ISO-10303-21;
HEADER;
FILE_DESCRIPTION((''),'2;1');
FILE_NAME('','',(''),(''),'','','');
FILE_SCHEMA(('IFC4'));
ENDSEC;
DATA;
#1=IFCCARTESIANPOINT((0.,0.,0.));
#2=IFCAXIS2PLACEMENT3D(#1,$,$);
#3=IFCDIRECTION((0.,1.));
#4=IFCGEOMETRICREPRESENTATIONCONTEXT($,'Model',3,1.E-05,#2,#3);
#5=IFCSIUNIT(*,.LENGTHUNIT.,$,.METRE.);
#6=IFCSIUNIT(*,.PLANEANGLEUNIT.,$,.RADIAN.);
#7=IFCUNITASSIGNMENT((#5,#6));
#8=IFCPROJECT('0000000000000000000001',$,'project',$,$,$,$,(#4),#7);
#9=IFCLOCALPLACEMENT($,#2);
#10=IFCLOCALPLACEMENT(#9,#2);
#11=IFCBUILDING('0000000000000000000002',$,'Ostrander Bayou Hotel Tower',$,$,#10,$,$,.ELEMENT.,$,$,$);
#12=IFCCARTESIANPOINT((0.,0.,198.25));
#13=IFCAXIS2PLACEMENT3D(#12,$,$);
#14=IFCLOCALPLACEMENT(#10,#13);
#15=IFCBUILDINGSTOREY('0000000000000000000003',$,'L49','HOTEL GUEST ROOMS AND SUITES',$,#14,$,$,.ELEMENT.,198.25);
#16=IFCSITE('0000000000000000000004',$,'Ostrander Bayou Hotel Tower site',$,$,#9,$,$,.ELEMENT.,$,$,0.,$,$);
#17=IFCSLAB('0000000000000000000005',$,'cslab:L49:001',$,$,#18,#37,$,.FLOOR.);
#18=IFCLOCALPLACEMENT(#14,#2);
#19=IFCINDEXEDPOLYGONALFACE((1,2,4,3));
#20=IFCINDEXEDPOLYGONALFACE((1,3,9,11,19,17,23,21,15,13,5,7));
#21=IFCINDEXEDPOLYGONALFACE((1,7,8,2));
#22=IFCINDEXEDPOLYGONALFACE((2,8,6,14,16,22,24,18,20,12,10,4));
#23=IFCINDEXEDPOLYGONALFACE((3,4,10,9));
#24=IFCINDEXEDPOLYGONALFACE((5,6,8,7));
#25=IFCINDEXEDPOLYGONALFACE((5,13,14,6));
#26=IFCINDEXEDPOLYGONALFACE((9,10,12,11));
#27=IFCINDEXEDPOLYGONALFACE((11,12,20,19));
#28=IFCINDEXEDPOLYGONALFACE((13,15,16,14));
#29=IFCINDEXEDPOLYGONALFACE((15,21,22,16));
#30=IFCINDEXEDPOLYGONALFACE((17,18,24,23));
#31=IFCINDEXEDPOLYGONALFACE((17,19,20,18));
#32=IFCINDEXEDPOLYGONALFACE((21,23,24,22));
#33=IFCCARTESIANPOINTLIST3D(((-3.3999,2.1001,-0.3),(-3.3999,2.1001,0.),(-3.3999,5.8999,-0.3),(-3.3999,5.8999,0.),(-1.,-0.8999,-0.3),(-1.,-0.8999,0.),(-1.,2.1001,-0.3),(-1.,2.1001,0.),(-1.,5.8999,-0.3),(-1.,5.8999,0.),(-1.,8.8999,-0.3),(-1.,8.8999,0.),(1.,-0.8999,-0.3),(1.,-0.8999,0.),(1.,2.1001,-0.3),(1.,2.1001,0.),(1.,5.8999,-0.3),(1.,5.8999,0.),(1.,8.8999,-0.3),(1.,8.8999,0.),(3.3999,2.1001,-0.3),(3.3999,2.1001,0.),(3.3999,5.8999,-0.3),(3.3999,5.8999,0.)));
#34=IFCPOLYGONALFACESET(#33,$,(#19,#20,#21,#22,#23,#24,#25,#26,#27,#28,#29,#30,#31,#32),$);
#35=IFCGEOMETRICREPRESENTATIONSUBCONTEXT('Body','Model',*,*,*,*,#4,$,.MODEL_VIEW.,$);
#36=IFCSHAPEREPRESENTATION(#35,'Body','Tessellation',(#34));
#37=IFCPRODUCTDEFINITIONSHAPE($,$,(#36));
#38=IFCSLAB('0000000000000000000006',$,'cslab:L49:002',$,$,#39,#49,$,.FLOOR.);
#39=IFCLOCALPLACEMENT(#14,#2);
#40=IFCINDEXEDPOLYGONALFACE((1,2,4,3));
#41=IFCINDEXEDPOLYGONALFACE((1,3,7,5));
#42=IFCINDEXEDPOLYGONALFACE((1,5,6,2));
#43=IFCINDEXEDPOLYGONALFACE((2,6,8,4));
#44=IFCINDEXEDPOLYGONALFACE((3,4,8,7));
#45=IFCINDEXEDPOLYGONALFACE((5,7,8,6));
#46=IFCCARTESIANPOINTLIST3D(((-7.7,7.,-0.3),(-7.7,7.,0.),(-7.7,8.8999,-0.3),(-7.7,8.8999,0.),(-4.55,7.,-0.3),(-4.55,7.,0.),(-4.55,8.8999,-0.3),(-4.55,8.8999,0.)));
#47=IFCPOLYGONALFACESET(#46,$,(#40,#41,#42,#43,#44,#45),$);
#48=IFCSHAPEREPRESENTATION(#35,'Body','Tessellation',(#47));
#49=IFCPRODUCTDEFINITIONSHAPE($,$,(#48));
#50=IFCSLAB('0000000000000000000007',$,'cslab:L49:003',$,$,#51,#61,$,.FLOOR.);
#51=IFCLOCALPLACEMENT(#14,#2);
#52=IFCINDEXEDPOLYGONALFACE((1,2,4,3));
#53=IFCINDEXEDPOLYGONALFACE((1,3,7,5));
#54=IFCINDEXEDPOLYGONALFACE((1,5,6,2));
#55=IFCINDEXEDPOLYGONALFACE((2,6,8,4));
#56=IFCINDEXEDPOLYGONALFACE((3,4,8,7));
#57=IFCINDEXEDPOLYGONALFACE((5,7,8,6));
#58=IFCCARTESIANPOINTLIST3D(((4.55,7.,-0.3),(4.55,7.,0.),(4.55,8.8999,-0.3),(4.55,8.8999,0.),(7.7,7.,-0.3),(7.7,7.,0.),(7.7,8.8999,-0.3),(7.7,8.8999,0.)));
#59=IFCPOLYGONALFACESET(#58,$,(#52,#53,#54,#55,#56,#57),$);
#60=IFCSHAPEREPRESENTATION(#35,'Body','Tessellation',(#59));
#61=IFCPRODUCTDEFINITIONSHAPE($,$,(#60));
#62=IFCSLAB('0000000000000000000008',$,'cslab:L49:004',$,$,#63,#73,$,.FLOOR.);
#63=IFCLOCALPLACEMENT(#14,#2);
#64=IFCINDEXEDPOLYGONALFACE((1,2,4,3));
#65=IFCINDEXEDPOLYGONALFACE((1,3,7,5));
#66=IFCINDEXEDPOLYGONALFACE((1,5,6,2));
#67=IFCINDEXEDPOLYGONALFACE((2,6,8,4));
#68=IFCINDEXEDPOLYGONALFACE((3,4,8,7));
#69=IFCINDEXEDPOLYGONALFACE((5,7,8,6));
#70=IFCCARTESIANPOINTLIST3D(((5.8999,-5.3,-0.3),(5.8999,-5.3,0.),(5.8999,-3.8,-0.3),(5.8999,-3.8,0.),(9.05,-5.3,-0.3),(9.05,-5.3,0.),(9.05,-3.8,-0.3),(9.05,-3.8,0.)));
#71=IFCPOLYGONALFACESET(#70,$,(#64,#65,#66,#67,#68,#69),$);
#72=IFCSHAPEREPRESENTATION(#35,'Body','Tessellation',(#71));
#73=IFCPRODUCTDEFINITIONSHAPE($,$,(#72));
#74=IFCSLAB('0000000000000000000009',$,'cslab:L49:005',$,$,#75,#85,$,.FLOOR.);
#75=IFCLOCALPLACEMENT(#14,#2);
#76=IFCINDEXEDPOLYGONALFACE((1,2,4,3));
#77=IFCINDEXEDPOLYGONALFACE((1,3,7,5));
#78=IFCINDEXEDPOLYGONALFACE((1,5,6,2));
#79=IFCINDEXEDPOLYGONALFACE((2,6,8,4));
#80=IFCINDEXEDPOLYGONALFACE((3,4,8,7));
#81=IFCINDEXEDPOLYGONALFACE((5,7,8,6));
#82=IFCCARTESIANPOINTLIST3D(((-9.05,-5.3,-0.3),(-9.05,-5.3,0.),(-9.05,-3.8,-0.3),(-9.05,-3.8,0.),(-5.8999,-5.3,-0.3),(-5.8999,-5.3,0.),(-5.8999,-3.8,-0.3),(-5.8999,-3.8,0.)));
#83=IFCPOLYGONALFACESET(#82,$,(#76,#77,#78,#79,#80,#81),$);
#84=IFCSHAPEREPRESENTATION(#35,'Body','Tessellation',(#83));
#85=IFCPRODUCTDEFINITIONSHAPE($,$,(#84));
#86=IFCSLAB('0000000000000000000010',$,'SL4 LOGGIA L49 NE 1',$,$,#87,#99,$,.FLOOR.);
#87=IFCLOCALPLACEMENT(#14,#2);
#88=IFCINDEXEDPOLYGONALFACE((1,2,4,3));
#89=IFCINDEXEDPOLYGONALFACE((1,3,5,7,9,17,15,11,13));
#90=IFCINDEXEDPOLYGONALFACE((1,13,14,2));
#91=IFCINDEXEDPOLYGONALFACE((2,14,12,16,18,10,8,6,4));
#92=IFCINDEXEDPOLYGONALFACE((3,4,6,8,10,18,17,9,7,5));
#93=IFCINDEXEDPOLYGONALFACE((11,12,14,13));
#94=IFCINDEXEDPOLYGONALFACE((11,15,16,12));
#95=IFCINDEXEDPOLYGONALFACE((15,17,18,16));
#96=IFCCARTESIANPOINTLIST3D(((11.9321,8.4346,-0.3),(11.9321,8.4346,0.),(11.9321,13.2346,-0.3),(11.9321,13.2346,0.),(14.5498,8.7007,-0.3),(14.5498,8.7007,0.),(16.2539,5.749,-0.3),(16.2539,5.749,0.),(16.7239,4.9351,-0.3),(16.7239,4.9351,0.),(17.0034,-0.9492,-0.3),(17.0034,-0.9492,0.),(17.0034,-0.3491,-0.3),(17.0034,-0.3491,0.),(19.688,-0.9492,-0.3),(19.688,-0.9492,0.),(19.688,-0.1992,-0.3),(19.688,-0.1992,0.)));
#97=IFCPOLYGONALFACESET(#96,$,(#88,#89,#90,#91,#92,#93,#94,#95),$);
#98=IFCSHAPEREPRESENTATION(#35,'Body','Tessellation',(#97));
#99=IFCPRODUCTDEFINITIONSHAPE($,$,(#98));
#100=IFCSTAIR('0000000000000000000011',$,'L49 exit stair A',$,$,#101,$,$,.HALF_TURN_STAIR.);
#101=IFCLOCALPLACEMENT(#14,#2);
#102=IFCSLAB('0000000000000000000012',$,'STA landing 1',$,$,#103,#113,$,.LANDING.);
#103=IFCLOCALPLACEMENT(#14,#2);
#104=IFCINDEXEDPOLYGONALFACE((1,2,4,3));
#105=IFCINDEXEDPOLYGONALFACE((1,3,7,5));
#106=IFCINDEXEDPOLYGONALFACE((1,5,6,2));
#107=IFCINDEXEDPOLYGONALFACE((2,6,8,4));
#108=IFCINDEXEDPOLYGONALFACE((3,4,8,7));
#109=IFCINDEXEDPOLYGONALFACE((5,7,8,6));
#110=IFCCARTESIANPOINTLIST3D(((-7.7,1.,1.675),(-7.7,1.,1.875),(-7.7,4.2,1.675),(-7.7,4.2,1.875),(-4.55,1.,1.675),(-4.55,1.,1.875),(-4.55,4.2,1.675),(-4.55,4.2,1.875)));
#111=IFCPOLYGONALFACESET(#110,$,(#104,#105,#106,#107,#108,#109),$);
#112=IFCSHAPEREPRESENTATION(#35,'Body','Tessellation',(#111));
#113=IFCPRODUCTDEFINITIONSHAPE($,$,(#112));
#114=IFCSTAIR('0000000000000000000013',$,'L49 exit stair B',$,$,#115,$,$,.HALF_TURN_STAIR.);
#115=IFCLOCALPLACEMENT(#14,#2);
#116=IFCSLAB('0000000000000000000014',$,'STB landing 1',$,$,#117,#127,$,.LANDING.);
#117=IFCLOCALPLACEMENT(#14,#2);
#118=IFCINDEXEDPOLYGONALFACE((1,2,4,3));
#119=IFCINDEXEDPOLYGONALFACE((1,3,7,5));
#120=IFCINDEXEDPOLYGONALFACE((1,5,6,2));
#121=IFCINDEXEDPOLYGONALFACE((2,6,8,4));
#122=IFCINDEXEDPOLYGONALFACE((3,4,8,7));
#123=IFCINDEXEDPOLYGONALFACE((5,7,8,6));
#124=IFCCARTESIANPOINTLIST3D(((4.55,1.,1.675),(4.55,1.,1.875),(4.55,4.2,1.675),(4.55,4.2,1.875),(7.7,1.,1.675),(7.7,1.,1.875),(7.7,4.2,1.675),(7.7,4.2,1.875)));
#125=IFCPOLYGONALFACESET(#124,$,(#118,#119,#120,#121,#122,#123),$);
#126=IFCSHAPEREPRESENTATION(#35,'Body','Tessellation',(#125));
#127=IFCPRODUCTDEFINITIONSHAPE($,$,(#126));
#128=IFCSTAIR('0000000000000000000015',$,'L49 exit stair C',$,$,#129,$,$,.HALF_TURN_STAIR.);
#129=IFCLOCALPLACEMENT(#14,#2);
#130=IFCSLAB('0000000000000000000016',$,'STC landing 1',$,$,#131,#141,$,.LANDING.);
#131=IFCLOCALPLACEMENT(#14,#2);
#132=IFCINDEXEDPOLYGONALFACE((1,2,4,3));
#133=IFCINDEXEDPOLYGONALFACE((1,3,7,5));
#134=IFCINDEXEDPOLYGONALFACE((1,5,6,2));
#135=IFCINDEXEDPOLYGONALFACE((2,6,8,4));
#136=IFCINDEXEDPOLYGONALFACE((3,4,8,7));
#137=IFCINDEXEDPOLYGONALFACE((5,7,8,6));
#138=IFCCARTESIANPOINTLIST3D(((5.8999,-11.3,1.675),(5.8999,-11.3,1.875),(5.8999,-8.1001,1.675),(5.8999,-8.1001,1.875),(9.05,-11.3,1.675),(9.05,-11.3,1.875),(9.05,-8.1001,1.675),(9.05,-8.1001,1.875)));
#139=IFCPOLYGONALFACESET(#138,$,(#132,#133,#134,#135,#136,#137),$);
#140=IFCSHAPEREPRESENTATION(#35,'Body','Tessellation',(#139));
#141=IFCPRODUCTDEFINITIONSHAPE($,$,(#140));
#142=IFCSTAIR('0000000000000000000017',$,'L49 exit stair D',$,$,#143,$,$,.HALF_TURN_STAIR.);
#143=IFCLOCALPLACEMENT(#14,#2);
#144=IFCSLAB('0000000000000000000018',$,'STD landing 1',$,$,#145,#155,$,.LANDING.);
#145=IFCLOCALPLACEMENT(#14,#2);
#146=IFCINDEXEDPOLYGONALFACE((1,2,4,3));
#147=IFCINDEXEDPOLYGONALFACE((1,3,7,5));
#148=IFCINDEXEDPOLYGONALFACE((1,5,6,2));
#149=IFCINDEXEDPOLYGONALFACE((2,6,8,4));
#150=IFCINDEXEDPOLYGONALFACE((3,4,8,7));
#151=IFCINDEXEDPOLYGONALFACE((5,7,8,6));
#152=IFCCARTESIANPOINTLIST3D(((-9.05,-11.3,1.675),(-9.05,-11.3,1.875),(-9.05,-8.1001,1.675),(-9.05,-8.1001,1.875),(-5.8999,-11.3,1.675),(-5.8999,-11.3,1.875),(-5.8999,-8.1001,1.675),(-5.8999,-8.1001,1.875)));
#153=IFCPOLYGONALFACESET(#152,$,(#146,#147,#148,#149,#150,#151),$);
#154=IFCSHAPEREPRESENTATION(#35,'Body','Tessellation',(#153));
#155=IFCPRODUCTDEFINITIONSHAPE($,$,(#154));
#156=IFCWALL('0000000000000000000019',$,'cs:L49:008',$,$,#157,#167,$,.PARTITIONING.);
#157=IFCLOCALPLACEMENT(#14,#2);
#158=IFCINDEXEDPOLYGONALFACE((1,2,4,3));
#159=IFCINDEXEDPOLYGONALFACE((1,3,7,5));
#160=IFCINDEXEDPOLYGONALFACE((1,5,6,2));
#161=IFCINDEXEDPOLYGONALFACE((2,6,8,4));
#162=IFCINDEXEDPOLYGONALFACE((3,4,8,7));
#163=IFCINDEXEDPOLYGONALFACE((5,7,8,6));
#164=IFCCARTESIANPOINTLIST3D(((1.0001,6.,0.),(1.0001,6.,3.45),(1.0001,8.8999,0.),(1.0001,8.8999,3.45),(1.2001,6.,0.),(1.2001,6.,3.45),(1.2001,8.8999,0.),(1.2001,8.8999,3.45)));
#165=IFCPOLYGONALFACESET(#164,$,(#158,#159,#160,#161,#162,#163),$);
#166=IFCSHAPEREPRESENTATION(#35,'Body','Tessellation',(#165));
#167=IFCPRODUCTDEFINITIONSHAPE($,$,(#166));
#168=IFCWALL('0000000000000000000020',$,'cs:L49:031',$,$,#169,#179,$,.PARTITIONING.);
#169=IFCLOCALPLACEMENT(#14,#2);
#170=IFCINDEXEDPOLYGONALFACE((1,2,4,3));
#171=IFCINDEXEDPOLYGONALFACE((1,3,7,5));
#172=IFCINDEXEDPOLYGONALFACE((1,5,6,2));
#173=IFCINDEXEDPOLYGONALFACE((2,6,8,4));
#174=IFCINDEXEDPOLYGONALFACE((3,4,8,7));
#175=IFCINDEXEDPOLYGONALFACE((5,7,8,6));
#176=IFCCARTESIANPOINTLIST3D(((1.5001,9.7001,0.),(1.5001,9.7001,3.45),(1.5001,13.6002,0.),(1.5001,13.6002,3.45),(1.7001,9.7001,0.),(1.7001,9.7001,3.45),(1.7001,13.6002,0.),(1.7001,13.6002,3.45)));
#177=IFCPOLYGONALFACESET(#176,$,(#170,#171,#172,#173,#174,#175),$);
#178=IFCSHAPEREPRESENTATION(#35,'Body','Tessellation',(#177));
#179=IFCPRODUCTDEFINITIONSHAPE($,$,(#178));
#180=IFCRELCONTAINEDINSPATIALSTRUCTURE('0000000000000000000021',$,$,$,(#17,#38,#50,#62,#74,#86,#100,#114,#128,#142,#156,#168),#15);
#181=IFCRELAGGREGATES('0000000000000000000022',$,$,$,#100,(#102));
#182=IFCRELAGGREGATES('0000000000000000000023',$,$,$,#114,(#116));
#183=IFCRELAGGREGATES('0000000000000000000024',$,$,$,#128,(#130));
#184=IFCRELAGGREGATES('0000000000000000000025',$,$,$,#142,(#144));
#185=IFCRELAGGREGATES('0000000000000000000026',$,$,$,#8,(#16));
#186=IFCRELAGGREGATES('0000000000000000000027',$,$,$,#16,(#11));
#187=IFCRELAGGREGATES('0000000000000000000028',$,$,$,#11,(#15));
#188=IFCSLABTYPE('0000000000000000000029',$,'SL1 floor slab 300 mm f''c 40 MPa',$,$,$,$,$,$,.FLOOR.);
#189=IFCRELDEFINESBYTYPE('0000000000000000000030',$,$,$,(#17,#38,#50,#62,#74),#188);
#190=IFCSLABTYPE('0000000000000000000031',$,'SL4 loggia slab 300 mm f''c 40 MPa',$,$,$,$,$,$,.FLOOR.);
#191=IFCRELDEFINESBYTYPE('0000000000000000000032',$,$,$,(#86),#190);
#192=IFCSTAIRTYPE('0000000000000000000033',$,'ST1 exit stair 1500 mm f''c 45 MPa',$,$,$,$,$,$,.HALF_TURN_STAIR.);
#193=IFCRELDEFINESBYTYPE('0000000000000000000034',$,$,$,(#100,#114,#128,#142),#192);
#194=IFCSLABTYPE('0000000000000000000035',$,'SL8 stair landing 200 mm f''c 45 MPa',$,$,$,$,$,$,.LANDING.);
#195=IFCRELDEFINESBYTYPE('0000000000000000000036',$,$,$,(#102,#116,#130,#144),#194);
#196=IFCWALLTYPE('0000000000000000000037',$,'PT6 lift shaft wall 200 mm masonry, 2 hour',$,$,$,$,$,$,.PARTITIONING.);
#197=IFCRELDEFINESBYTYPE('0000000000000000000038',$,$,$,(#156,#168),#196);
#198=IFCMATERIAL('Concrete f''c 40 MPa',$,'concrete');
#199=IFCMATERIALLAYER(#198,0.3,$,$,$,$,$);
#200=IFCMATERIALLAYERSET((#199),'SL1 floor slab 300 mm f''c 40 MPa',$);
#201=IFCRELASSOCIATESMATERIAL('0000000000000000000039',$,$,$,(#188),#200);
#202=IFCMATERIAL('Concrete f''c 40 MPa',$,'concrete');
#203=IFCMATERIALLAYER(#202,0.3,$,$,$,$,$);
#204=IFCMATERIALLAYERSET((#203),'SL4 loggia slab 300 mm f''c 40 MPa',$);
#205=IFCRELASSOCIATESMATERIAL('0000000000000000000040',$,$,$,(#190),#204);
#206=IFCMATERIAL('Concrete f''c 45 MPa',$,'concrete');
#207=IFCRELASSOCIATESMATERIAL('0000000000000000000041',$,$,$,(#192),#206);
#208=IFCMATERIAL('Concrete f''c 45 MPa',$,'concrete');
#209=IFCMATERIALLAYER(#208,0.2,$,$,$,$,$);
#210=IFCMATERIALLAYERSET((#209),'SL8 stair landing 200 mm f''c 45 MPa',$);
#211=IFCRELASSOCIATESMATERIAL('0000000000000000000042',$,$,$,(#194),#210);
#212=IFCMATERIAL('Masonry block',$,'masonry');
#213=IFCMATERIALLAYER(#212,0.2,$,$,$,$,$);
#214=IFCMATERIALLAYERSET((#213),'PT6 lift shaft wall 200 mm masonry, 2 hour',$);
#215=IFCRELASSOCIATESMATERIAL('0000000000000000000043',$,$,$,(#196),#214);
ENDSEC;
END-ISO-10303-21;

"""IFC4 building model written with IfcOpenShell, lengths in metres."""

from ifc_helpers import new_model, si_unit, direction, frame, frame_2d, origin, place, context, subcontext, project, spatial, polyline, rectangle, outline, extrude, material, layer, layer_set, type_object, element, aggregate, save


model = new_model("IFC4")

# Units and contexts
model_context = context("Model", 3, precision=1e-05, world=origin(), true_north=direction((0.0, 1.0)))
body_context = subcontext(model_context, "Body", "Model", "MODEL_VIEW")
ifc_project = project(units=[si_unit("LENGTHUNIT", "METRE"), si_unit("PLANEANGLEUNIT", "RADIAN")], contexts=[model_context])

# Site, building, storey
site_placement = place(None, origin())
site = spatial("IfcSite", under=ifc_project, at=site_placement, Name="Ostrander Bayou Hotel Tower site", CompositionType="ELEMENT", RefElevation=0.0)
building_placement = place(site_placement, origin())
building = spatial("IfcBuilding", under=site, at=building_placement, Name="Ostrander Bayou Hotel Tower", CompositionType="ELEMENT")
storey_placement = place(building_placement, frame((0.0, 0.0, 198.25)))
storey = spatial("IfcBuildingStorey", under=building, at=storey_placement, Name="L49", Description="HOTEL GUEST ROOMS AND SUITES", CompositionType="ELEMENT", Elevation=198.25)

# Slabs
ifc_material_1 = material(Name="Concrete f'c 40 MPa", Category="concrete")
ifc_layer_1 = layer(ifc_material_1, 0.3)
ifc_layer_set_1 = layer_set([ifc_layer_1], Name="SL1 floor slab 300 mm f'c 40 MPa")
slab_type_1 = type_object("IfcSlabType", Name="SL1 floor slab 300 mm f'c 40 MPa", PredefinedType="FLOOR", material=ifc_layer_set_1)
slab_1_placement = place(storey_placement, frame((0.0, 0.0, -0.3)))
element("IfcSlab", 1, at=slab_1_placement, inside=storey, type_object=slab_type_1, Name="cslab:L49:001", PredefinedType="FLOOR", context=body_context, shape_type="SweptSolid", body=[
    extrude(outline(polyline([(-3.3999, 5.8999), (-1.0, 5.8999), (-1.0, 8.8999), (1.0, 8.8999), (1.0, 5.8999), (3.3999, 5.8999), (3.3999, 2.1001), (1.0, 2.1001), (1.0, -0.8999), (-1.0, -0.8999), (-1.0, 2.1001), (-3.3999, 2.1001), (-3.3999, 5.8999)])), origin(), (0.0, 0.0, 1.0), 0.3),
])
slab_2_placement = place(storey_placement, frame((0.0, 0.0, -0.3)))
element("IfcSlab", 2, at=slab_2_placement, inside=storey, type_object=slab_type_1, Name="cslab:L49:002", PredefinedType="FLOOR", context=body_context, shape_type="SweptSolid", body=[
    extrude(outline(polyline([(-4.55, 7.0), (-4.55, 8.8999), (-7.7, 8.8999), (-7.7, 7.0), (-4.55, 7.0)])), origin(), (0.0, 0.0, 1.0), 0.3),
])
slab_3_placement = place(storey_placement, frame((0.0, 0.0, -0.3)))
element("IfcSlab", 3, at=slab_3_placement, inside=storey, type_object=slab_type_1, Name="cslab:L49:003", PredefinedType="FLOOR", context=body_context, shape_type="SweptSolid", body=[
    extrude(outline(polyline([(7.7, 7.0), (7.7, 8.8999), (4.55, 8.8999), (4.55, 7.0), (7.7, 7.0)])), origin(), (0.0, 0.0, 1.0), 0.3),
])
slab_4_placement = place(storey_placement, frame((0.0, 0.0, -0.3)))
element("IfcSlab", 4, at=slab_4_placement, inside=storey, type_object=slab_type_1, Name="cslab:L49:004", PredefinedType="FLOOR", context=body_context, shape_type="SweptSolid", body=[
    extrude(outline(polyline([(9.05, -5.3), (9.05, -3.8), (5.8999, -3.8), (5.8999, -5.3), (9.05, -5.3)])), origin(), (0.0, 0.0, 1.0), 0.3),
])
slab_5_placement = place(storey_placement, frame((0.0, 0.0, -0.3)))
element("IfcSlab", 5, at=slab_5_placement, inside=storey, type_object=slab_type_1, Name="cslab:L49:005", PredefinedType="FLOOR", context=body_context, shape_type="SweptSolid", body=[
    extrude(outline(polyline([(-5.8999, -5.3), (-5.8999, -3.8), (-9.05, -3.8), (-9.05, -5.3), (-5.8999, -5.3)])), origin(), (0.0, 0.0, 1.0), 0.3),
])
ifc_material_2 = material(Name="Concrete f'c 40 MPa", Category="concrete")
ifc_layer_2 = layer(ifc_material_2, 0.3)
ifc_layer_set_2 = layer_set([ifc_layer_2], Name="SL4 loggia slab 300 mm f'c 40 MPa")
slab_type_2 = type_object("IfcSlabType", Name="SL4 loggia slab 300 mm f'c 40 MPa", PredefinedType="FLOOR", material=ifc_layer_set_2)
slab_6_placement = place(storey_placement, frame((0.0, 0.0, -0.3)))
element("IfcSlab", 6, at=slab_6_placement, inside=storey, type_object=slab_type_2, Name="SL4 LOGGIA L49 NE 1", PredefinedType="FLOOR", context=body_context, shape_type="SweptSolid", body=[
    extrude(outline(polyline([(11.9321, 13.2346), (14.5498, 8.7007), (16.2539, 5.749), (16.7239, 4.9351), (19.688, -0.1992), (19.688, -0.9492), (17.0034, -0.9492), (17.0034, -0.3491), (11.9321, 8.4346), (11.9321, 13.2346)])), origin(), (0.0, 0.0, 1.0), 0.3),
])

# Stairs, slabs
ifc_material_3 = material(Name="Concrete f'c 45 MPa", Category="concrete")
stair_type = type_object("IfcStairType", Name="ST1 exit stair 1500 mm f'c 45 MPa", PredefinedType="HALF_TURN_STAIR", material=ifc_material_3)
stair_1_placement = place(storey_placement, origin())
stair_1 = element("IfcStair", 7, at=stair_1_placement, inside=storey, type_object=stair_type, Name="L49 exit stair A", PredefinedType="HALF_TURN_STAIR")
ifc_material_4 = material(Name="Concrete f'c 45 MPa", Category="concrete")
ifc_layer_3 = layer(ifc_material_4, 0.2)
ifc_layer_set_3 = layer_set([ifc_layer_3], Name="SL8 stair landing 200 mm f'c 45 MPa")
slab_type_3 = type_object("IfcSlabType", Name="SL8 stair landing 200 mm f'c 45 MPa", PredefinedType="LANDING", material=ifc_layer_set_3)
slab_7_placement = place(storey_placement, frame((0.0, 0.0, 1.675)))
slab_7 = element("IfcSlab", 8, at=slab_7_placement, type_object=slab_type_3, Name="STA landing 1", PredefinedType="LANDING", context=body_context, shape_type="SweptSolid", body=[
    extrude(outline(polyline([(-7.7, 4.2), (-7.7, 1.0), (-4.55, 1.0), (-4.55, 4.2), (-7.7, 4.2)])), origin(), (0.0, 0.0, 1.0), 0.2),
])
aggregate(stair_1, [slab_7])
stair_2_placement = place(storey_placement, origin())
stair_2 = element("IfcStair", 9, at=stair_2_placement, inside=storey, type_object=stair_type, Name="L49 exit stair B", PredefinedType="HALF_TURN_STAIR")
slab_8_placement = place(storey_placement, frame((0.0, 0.0, 1.675)))
slab_8 = element("IfcSlab", 10, at=slab_8_placement, type_object=slab_type_3, Name="STB landing 1", PredefinedType="LANDING", context=body_context, shape_type="SweptSolid", body=[
    extrude(outline(polyline([(4.55, 4.2), (4.55, 1.0), (7.7, 1.0), (7.7, 4.2), (4.55, 4.2)])), origin(), (0.0, 0.0, 1.0), 0.2),
])
aggregate(stair_2, [slab_8])
stair_3_placement = place(storey_placement, origin())
stair_3 = element("IfcStair", 11, at=stair_3_placement, inside=storey, type_object=stair_type, Name="L49 exit stair C", PredefinedType="HALF_TURN_STAIR")
slab_9_placement = place(storey_placement, frame((0.0, 0.0, 1.675)))
slab_9 = element("IfcSlab", 12, at=slab_9_placement, type_object=slab_type_3, Name="STC landing 1", PredefinedType="LANDING", context=body_context, shape_type="SweptSolid", body=[
    extrude(outline(polyline([(5.8999, -8.1001), (5.8999, -11.3), (9.05, -11.3), (9.05, -8.1001), (5.8999, -8.1001)])), origin(), (0.0, 0.0, 1.0), 0.2),
])
aggregate(stair_3, [slab_9])
stair_4_placement = place(storey_placement, origin())
stair_4 = element("IfcStair", 13, at=stair_4_placement, inside=storey, type_object=stair_type, Name="L49 exit stair D", PredefinedType="HALF_TURN_STAIR")
slab_10_placement = place(storey_placement, frame((0.0, 0.0, 1.675)))
slab_10 = element("IfcSlab", 14, at=slab_10_placement, type_object=slab_type_3, Name="STD landing 1", PredefinedType="LANDING", context=body_context, shape_type="SweptSolid", body=[
    extrude(outline(polyline([(-9.05, -8.1001), (-9.05, -11.3), (-5.8999, -11.3), (-5.8999, -8.1001), (-9.05, -8.1001)])), origin(), (0.0, 0.0, 1.0), 0.2),
])
aggregate(stair_4, [slab_10])

# Shared definitions
ifc_material_5 = material(Name="Masonry block", Category="masonry")
ifc_layer_4 = layer(ifc_material_5, 0.2)
ifc_layer_set_4 = layer_set([ifc_layer_4], Name="PT6 lift shaft wall 200 mm masonry, 2 hour")
wall_type_1 = type_object("IfcWallType", Name="PT6 lift shaft wall 200 mm masonry, 2 hour", PredefinedType="PARTITIONING", material=ifc_layer_set_4)

# Walls
wall_1_placement = place(storey_placement, frame((1.1001, 6.0, 0.0), z_axis=(0.0, 0.0, 1.0), x_axis=(0.0, 1.0, 0.0)))
element("IfcWall", 15, at=wall_1_placement, inside=storey, type_object=wall_type_1, Name="cs:L49:008", PredefinedType="PARTITIONING", context=body_context, shape_type="SweptSolid", body=[
    extrude(rectangle(XDim=2.8999, YDim=0.2, at=frame_2d((1.45, 0.0))), origin(), (0.0, 0.0, 1.0), 3.45),
])
wall_2_placement = place(storey_placement, frame((1.6001, 9.7, 0.0), z_axis=(0.0, 0.0, 1.0), x_axis=(0.0, 1.0, 0.0)))
element("IfcWall", 16, at=wall_2_placement, inside=storey, type_object=wall_type_1, Name="cs:L49:031", PredefinedType="PARTITIONING", context=body_context, shape_type="SweptSolid", body=[
    extrude(rectangle(XDim=3.9001, YDim=0.2, at=frame_2d((1.9502, 0.0))), origin(), (0.0, 0.0, 1.0), 3.45),
])

save(model, "model.ifc")
